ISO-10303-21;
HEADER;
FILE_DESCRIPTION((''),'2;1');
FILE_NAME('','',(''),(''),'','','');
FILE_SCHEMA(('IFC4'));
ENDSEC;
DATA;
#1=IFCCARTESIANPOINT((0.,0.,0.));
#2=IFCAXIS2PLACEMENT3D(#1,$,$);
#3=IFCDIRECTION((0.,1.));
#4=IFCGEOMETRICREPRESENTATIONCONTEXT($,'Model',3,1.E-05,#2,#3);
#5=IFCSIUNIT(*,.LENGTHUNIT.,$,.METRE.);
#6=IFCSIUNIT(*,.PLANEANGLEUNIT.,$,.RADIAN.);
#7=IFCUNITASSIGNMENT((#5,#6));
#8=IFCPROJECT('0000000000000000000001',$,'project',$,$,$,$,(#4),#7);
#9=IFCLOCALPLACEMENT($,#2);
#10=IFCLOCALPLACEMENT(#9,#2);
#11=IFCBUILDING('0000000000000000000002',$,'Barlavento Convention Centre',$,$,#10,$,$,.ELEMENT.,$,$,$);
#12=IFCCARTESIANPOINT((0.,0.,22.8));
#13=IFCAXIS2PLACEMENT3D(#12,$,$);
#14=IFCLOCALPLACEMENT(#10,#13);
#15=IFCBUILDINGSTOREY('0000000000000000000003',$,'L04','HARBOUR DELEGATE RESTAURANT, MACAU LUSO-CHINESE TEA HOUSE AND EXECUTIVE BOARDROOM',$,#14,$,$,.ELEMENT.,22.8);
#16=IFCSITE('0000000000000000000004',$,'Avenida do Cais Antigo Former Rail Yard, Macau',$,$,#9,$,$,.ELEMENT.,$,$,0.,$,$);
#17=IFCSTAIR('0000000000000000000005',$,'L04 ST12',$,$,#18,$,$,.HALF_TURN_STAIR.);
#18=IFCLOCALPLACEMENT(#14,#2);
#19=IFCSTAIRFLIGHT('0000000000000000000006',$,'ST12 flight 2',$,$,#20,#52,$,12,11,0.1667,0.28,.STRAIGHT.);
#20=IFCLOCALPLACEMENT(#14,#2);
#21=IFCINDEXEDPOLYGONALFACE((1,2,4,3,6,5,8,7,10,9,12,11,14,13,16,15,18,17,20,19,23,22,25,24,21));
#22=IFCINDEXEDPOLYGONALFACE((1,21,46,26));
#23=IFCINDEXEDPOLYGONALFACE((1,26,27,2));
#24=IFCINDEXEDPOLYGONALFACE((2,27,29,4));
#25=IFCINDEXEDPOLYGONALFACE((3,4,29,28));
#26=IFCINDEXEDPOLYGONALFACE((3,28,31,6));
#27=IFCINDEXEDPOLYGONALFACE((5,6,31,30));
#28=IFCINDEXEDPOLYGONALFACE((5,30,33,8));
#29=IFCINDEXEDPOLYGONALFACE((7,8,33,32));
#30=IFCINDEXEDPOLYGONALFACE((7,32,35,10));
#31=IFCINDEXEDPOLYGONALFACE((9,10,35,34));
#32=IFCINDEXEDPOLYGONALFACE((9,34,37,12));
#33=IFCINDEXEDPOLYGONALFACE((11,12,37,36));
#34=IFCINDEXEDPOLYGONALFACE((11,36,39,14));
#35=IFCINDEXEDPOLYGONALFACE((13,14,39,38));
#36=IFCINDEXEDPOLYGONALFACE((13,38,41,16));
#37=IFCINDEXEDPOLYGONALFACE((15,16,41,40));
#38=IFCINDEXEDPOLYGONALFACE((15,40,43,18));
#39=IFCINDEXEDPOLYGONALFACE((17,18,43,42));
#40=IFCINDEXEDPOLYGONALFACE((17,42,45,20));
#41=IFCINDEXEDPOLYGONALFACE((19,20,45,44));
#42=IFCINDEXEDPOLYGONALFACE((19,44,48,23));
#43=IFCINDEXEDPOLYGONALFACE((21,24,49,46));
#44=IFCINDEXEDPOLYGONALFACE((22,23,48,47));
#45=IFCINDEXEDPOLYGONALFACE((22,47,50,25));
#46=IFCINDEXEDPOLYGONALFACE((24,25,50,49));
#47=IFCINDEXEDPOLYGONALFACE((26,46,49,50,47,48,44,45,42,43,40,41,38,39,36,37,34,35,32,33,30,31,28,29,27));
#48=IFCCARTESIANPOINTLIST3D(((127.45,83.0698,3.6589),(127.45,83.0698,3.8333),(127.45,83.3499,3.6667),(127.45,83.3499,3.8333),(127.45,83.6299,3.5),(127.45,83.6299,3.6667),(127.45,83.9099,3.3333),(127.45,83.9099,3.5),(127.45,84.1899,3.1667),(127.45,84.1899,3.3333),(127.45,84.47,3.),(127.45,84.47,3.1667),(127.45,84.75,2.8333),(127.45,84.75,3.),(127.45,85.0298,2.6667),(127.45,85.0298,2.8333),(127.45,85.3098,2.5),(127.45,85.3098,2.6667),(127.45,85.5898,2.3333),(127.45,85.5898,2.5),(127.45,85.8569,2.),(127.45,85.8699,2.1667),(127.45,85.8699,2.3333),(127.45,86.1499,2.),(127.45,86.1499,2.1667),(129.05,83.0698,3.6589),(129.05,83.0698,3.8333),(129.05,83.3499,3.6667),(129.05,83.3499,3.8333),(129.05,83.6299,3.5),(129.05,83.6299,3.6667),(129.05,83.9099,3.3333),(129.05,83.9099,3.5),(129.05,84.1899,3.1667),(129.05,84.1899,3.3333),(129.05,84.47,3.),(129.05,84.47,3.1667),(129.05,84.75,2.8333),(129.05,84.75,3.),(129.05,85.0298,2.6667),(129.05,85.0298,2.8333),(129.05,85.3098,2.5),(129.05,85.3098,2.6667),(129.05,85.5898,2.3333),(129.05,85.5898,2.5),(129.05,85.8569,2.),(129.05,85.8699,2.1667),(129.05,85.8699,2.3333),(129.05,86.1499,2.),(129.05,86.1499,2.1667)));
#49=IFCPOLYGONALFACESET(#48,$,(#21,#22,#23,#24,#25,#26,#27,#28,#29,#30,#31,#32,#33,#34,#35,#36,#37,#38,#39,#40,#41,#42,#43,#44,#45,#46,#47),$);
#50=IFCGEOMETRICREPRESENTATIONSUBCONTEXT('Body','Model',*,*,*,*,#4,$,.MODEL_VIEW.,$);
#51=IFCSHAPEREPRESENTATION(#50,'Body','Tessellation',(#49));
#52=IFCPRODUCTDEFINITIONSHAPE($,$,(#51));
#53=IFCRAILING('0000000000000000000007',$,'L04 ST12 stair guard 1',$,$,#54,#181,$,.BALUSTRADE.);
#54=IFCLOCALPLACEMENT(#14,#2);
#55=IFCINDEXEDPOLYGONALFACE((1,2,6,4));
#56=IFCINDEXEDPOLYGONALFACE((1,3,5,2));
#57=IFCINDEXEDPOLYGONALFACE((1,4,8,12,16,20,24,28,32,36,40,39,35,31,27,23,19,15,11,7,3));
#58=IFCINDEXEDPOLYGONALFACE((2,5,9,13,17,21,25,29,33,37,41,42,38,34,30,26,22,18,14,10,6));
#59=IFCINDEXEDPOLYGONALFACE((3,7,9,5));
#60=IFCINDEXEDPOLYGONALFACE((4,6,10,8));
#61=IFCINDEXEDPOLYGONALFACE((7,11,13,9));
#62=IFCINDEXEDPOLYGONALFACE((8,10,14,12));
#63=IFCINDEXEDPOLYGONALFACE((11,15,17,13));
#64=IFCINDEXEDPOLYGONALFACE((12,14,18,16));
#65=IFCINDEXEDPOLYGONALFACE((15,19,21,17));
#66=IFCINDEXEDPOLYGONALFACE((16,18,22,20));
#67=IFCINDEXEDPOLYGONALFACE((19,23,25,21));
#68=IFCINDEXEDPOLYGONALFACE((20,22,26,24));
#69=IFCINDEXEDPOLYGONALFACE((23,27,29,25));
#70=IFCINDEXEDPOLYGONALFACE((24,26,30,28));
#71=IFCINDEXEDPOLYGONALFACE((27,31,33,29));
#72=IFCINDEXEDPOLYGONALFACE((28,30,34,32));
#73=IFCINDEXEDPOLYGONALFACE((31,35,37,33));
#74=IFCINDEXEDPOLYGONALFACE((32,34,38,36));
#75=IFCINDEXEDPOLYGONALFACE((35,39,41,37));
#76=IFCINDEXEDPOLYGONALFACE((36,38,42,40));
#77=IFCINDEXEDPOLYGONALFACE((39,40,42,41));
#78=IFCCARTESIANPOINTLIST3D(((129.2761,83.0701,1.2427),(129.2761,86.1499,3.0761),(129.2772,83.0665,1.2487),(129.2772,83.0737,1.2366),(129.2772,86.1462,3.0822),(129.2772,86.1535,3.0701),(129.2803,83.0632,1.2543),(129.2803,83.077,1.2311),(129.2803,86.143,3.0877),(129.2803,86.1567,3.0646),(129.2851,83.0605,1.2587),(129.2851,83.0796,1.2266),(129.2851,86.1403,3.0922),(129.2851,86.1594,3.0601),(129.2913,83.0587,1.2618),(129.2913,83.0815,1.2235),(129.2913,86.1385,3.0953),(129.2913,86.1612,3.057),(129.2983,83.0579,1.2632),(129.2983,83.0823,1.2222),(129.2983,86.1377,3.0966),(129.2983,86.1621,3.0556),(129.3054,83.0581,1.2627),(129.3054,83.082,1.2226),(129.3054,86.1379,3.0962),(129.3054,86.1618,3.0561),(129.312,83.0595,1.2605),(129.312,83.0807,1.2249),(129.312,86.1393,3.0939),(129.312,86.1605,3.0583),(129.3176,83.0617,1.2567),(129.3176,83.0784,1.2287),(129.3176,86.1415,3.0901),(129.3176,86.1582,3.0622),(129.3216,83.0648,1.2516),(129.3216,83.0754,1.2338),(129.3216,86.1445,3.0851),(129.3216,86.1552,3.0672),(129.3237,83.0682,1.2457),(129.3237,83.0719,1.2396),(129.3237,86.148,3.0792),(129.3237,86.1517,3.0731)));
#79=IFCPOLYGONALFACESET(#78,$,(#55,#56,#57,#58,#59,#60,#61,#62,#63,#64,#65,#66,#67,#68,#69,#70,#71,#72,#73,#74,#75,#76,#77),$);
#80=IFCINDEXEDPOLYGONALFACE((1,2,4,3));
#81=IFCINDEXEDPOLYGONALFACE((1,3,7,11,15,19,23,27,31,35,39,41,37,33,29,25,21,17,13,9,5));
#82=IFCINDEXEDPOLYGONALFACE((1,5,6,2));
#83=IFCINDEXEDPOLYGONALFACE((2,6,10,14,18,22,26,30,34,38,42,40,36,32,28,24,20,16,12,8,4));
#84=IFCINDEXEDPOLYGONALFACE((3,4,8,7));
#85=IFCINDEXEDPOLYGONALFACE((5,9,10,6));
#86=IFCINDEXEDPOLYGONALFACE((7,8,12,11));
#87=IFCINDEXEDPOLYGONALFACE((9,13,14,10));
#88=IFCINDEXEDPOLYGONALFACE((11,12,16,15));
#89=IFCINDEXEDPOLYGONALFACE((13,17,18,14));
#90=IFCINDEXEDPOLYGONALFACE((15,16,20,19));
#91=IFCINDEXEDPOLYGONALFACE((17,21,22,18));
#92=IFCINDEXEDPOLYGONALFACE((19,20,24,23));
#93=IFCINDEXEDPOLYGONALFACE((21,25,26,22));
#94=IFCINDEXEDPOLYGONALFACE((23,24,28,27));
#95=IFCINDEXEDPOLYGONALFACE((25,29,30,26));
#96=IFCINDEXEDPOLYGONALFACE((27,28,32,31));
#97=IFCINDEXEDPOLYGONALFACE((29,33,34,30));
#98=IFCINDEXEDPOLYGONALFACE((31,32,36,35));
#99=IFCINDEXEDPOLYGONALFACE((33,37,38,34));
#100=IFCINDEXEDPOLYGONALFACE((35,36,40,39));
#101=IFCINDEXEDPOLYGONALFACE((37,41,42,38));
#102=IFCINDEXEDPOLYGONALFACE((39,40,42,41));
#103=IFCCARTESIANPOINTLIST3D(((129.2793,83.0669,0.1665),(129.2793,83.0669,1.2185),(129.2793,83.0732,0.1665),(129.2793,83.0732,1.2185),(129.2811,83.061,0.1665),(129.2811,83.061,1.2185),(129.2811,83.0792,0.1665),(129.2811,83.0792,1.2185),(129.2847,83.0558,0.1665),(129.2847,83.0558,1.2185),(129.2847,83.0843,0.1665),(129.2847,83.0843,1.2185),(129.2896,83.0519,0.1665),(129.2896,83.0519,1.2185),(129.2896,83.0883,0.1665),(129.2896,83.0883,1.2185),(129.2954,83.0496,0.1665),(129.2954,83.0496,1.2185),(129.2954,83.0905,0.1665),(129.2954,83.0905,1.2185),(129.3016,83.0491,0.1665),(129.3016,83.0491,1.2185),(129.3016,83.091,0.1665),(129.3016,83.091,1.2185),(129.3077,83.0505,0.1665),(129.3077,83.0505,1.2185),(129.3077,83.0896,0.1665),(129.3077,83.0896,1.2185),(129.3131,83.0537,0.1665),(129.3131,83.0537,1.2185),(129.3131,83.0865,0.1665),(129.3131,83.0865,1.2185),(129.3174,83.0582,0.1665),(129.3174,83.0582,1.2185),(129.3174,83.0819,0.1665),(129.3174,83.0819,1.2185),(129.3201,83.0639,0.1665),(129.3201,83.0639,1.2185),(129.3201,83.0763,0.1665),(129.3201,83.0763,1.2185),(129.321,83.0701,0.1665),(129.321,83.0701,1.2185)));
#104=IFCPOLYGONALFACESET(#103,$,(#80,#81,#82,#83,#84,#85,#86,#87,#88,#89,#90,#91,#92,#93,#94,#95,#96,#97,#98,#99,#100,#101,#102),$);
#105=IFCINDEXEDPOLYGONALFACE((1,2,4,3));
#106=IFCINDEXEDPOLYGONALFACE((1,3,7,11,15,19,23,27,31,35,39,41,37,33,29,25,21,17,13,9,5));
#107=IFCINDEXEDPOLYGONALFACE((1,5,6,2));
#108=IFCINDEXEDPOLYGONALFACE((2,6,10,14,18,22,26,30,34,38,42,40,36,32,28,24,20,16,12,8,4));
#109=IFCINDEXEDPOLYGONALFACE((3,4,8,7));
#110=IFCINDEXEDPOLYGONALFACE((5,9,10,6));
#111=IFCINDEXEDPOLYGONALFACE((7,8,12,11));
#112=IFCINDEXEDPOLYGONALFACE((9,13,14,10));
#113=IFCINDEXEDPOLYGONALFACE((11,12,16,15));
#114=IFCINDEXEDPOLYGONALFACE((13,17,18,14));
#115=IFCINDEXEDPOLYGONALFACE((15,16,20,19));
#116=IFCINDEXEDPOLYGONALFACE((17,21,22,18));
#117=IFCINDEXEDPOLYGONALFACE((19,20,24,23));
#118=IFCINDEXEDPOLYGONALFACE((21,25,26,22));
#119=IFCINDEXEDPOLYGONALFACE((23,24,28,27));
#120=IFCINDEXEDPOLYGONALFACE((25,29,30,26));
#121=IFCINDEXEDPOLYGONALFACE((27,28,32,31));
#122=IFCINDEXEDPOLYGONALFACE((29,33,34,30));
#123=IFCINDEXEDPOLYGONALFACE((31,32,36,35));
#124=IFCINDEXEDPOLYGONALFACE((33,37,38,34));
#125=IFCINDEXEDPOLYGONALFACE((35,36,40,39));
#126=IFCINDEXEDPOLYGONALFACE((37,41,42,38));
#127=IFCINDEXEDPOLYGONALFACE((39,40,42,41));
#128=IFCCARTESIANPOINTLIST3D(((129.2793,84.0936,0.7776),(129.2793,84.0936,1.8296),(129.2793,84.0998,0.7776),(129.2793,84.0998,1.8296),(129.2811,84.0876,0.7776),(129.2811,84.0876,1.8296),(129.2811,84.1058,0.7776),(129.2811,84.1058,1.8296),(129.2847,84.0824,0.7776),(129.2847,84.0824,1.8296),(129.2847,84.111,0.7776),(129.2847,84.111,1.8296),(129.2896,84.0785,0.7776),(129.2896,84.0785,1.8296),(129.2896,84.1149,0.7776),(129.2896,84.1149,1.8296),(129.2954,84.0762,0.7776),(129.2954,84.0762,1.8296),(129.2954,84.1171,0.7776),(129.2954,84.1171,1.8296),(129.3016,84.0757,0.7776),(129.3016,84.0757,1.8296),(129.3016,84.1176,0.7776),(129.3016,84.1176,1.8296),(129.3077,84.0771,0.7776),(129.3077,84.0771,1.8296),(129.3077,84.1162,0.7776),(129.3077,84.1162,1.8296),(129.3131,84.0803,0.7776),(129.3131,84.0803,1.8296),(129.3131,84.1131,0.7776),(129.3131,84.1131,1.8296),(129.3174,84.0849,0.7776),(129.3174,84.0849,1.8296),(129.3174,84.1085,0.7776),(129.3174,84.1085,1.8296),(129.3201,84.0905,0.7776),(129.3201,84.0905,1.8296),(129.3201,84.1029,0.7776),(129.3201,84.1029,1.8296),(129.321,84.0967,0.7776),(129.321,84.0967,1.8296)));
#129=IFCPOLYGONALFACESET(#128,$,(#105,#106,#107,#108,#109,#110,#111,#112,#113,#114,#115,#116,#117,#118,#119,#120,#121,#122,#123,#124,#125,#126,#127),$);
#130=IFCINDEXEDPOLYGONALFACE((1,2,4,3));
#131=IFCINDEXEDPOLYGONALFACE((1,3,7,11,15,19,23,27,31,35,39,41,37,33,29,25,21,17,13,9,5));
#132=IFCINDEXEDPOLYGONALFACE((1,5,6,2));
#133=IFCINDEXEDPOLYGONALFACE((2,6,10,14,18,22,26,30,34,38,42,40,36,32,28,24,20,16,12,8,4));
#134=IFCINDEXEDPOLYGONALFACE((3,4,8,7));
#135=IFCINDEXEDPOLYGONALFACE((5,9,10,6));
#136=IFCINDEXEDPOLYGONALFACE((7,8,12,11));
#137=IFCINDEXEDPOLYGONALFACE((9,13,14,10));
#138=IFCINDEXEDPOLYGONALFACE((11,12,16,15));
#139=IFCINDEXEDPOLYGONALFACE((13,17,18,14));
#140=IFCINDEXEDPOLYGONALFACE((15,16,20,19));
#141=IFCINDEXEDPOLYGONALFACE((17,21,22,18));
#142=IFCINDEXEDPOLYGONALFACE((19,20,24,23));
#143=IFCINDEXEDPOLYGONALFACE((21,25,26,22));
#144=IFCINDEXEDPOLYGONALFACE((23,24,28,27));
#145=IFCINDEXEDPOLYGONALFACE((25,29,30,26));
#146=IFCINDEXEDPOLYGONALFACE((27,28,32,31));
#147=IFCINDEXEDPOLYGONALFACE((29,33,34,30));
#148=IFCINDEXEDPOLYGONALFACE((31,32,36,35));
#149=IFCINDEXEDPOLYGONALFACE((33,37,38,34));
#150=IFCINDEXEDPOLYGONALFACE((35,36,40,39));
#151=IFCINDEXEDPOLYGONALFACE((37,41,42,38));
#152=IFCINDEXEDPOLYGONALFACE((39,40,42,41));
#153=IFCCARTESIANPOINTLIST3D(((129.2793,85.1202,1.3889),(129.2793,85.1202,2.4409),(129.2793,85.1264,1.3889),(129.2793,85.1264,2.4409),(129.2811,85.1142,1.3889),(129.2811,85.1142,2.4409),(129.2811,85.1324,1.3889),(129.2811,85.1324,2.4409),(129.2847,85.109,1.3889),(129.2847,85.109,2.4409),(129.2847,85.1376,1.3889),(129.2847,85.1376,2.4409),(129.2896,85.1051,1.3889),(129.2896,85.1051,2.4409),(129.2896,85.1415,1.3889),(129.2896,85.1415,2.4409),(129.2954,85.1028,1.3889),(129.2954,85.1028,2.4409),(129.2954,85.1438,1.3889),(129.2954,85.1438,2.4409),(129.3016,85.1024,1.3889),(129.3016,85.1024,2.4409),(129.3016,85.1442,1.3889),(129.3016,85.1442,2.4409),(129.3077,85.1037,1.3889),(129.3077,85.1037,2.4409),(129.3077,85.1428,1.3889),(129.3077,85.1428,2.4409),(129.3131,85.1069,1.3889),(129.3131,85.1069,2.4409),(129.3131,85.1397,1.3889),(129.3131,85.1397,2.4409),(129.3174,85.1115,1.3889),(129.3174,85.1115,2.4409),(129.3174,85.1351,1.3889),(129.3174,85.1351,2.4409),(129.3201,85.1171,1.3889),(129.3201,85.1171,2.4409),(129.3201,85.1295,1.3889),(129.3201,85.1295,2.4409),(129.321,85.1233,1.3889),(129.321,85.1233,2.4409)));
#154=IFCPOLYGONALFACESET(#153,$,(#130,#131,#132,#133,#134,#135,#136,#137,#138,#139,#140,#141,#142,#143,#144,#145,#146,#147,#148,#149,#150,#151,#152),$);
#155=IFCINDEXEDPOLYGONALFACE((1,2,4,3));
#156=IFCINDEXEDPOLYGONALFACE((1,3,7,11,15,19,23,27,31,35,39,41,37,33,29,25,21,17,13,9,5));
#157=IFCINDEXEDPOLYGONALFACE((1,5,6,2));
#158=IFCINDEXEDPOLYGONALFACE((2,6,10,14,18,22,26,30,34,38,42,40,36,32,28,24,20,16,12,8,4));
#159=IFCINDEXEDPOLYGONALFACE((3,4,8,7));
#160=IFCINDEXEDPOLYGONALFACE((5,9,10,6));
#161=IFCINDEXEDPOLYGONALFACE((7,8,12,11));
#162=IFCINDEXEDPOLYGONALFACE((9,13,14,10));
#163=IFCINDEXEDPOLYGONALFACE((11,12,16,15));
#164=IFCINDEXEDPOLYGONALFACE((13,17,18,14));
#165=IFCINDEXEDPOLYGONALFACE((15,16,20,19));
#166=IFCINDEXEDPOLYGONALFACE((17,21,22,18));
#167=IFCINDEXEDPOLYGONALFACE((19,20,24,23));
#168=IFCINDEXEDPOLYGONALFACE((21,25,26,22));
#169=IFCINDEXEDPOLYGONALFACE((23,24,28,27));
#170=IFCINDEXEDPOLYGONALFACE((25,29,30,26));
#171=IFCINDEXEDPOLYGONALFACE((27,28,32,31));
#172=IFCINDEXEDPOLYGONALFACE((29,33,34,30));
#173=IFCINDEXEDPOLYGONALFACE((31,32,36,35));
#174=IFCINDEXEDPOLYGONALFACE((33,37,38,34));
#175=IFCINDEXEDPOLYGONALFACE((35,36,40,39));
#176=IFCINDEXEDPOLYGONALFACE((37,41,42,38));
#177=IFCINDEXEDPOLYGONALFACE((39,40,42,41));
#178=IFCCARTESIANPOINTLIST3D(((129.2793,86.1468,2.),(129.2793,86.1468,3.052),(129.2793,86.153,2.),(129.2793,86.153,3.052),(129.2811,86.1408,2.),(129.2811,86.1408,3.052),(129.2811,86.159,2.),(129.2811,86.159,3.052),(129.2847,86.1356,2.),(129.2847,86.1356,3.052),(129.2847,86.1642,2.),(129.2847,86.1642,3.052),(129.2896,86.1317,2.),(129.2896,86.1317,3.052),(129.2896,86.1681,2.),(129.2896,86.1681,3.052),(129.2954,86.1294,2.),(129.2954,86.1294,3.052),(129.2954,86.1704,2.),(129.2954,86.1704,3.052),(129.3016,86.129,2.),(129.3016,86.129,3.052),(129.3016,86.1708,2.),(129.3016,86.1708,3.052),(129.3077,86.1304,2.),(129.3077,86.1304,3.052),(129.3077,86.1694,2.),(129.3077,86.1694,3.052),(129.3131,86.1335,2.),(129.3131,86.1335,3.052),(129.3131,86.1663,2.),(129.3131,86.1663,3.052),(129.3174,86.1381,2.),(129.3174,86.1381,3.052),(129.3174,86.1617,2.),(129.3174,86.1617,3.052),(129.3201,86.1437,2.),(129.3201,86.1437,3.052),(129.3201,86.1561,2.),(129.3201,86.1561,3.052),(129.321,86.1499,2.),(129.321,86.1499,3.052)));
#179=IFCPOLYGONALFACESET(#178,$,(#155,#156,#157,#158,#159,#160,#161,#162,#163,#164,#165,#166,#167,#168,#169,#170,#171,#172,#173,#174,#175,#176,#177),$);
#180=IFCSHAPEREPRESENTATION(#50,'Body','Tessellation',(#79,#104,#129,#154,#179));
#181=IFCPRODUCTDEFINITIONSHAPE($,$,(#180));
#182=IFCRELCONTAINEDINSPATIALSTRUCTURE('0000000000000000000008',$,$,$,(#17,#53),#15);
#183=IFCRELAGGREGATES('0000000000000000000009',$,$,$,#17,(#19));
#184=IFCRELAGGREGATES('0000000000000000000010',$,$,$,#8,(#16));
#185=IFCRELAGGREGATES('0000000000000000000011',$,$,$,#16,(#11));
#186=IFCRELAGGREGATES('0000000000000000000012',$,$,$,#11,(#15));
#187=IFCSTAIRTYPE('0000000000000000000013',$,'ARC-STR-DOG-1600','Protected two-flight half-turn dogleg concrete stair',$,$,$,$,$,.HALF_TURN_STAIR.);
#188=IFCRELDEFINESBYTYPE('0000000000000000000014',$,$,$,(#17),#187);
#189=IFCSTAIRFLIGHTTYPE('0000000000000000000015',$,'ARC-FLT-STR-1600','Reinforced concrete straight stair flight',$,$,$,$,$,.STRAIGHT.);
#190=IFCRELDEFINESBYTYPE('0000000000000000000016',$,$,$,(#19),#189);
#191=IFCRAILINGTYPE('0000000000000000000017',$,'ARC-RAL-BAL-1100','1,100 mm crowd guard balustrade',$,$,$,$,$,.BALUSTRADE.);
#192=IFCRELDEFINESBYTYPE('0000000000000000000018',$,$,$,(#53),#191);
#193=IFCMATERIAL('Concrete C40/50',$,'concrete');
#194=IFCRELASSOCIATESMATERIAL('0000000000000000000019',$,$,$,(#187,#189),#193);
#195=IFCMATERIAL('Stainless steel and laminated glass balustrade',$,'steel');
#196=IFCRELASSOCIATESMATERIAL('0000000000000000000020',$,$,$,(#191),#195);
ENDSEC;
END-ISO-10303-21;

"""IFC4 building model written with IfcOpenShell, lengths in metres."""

from ifc_helpers import new_model, si_unit, direction, frame, origin, origin_2d, place, context, subcontext, project, spatial, polyline, circle, outline, extrude, material, type_object, element, aggregate, save


model = new_model("IFC4")

# Units and contexts
model_context = context("Model", 3, precision=1e-05, world=origin(), true_north=direction((0.0, 1.0)))
body_context = subcontext(model_context, "Body", "Model", "MODEL_VIEW")
ifc_project = project(units=[si_unit("LENGTHUNIT", "METRE"), si_unit("PLANEANGLEUNIT", "RADIAN")], contexts=[model_context])

# Site, building, storey
site_placement = place(None, origin())
site = spatial("IfcSite", under=ifc_project, at=site_placement, Name="Avenida do Cais Antigo Former Rail Yard, Macau", CompositionType="ELEMENT", RefElevation=0.0)
building_placement = place(site_placement, origin())
building = spatial("IfcBuilding", under=site, at=building_placement, Name="Barlavento Convention Centre", CompositionType="ELEMENT")
storey_placement = place(building_placement, frame((0.0, 0.0, 22.8)))
storey = spatial("IfcBuildingStorey", under=building, at=storey_placement, Name="L04", Description="HARBOUR DELEGATE RESTAURANT, MACAU LUSO-CHINESE TEA HOUSE AND EXECUTIVE BOARDROOM", CompositionType="ELEMENT", Elevation=22.8)

# Stair, stair flight
ifc_material_1 = material(Name="Concrete C40/50", Category="concrete")
stair_type = type_object("IfcStairType", Name="ARC-STR-DOG-1600", Description="Protected two-flight half-turn dogleg concrete stair", PredefinedType="HALF_TURN_STAIR", material=ifc_material_1)
stair_placement = place(storey_placement, origin())
stair = element("IfcStair", 1, at=stair_placement, inside=storey, type_object=stair_type, Name="L04 ST12", PredefinedType="HALF_TURN_STAIR")
stair_flight_type = type_object("IfcStairFlightType", Name="ARC-FLT-STR-1600", Description="Reinforced concrete straight stair flight", PredefinedType="STRAIGHT", material=ifc_material_1)
stair_flight_1_placement = place(storey_placement, frame((128.25, 86.1499, 2.0), z_axis=(0.0, 0.0, 1.0), x_axis=(0.0, -1.0, 0.0)))
stair_flight_1 = element("IfcStairFlight", 2, at=stair_flight_1_placement, type_object=stair_flight_type, Name="ST12 flight 2", NumberOfRisers=12, NumberOfTreads=11, PredefinedType="STRAIGHT", RiserHeight=0.1667, TreadLength=0.28, context=body_context, shape_type="SweptSolid", body=[
    extrude(outline(polyline([(0.0, 0.0), (0.0, 0.1667), (0.28, 0.1667), (0.28, 0.3333), (0.5601, 0.3333), (0.5601, 0.5), (0.8401, 0.5), (0.8401, 0.6667), (1.1201, 0.6667), (1.1201, 0.8333), (1.3999, 0.8333), (1.3999, 1.0), (1.6799, 1.0), (1.6799, 1.1667), (1.96, 1.1667), (1.96, 1.3333), (2.24, 1.3333), (2.24, 1.5), (2.52, 1.5), (2.52, 1.6667), (2.8, 1.6667), (2.8, 1.8333), (3.0801, 1.8333), (3.0801, 2.0), (3.0801, 1.6589), (0.293, 0.0), (0.0, 0.0)])), frame((0.0, 0.8, 0.0), z_axis=(0.0, -1.0, 0.0), x_axis=(1.0, 0.0, 0.0)), (0.0, 0.0, 1.0), 1.6001),
])
aggregate(stair, [stair_flight_1])

# Railing
ifc_material_2 = material(Name="Stainless steel and laminated glass balustrade", Category="steel")
railing_type_1 = type_object("IfcRailingType", Name="ARC-RAL-BAL-1100", Description="1,100 mm crowd guard balustrade", PredefinedType="BALUSTRADE", material=ifc_material_2)
railing_1_placement = place(storey_placement, frame((129.3, 83.0701, 0.1665)))
element("IfcRailing", 3, at=railing_1_placement, inside=storey, type_object=railing_type_1, Name="L04 ST12 stair guard 1", PredefinedType="BALUSTRADE", context=body_context, shape_type="SweptSolid", body=[
    extrude(circle(Radius=0.0239, at=origin_2d()), frame((0.0, 0.0, 1.0762), z_axis=(0.0, 0.859261, 0.511538), x_axis=(-1.0, 0.0, 0.0)), (0.0, 0.0, 1.0), 3.5842),
    extrude(circle(Radius=0.021, at=origin_2d()), origin(), (0.0, 0.0, 1.0), 1.052),
    extrude(circle(Radius=0.021, at=origin_2d()), frame((0.0, 1.0266, 0.6111)), (0.0, 0.0, 1.0), 1.052),
    extrude(circle(Radius=0.021, at=origin_2d()), frame((0.0, 2.0532, 1.2224)), (0.0, 0.0, 1.0), 1.052),
    extrude(circle(Radius=0.021, at=origin_2d()), frame((0.0, 3.0798, 1.8335)), (0.0, 0.0, 1.0), 1.052),
])

save(model, "model.ifc")
